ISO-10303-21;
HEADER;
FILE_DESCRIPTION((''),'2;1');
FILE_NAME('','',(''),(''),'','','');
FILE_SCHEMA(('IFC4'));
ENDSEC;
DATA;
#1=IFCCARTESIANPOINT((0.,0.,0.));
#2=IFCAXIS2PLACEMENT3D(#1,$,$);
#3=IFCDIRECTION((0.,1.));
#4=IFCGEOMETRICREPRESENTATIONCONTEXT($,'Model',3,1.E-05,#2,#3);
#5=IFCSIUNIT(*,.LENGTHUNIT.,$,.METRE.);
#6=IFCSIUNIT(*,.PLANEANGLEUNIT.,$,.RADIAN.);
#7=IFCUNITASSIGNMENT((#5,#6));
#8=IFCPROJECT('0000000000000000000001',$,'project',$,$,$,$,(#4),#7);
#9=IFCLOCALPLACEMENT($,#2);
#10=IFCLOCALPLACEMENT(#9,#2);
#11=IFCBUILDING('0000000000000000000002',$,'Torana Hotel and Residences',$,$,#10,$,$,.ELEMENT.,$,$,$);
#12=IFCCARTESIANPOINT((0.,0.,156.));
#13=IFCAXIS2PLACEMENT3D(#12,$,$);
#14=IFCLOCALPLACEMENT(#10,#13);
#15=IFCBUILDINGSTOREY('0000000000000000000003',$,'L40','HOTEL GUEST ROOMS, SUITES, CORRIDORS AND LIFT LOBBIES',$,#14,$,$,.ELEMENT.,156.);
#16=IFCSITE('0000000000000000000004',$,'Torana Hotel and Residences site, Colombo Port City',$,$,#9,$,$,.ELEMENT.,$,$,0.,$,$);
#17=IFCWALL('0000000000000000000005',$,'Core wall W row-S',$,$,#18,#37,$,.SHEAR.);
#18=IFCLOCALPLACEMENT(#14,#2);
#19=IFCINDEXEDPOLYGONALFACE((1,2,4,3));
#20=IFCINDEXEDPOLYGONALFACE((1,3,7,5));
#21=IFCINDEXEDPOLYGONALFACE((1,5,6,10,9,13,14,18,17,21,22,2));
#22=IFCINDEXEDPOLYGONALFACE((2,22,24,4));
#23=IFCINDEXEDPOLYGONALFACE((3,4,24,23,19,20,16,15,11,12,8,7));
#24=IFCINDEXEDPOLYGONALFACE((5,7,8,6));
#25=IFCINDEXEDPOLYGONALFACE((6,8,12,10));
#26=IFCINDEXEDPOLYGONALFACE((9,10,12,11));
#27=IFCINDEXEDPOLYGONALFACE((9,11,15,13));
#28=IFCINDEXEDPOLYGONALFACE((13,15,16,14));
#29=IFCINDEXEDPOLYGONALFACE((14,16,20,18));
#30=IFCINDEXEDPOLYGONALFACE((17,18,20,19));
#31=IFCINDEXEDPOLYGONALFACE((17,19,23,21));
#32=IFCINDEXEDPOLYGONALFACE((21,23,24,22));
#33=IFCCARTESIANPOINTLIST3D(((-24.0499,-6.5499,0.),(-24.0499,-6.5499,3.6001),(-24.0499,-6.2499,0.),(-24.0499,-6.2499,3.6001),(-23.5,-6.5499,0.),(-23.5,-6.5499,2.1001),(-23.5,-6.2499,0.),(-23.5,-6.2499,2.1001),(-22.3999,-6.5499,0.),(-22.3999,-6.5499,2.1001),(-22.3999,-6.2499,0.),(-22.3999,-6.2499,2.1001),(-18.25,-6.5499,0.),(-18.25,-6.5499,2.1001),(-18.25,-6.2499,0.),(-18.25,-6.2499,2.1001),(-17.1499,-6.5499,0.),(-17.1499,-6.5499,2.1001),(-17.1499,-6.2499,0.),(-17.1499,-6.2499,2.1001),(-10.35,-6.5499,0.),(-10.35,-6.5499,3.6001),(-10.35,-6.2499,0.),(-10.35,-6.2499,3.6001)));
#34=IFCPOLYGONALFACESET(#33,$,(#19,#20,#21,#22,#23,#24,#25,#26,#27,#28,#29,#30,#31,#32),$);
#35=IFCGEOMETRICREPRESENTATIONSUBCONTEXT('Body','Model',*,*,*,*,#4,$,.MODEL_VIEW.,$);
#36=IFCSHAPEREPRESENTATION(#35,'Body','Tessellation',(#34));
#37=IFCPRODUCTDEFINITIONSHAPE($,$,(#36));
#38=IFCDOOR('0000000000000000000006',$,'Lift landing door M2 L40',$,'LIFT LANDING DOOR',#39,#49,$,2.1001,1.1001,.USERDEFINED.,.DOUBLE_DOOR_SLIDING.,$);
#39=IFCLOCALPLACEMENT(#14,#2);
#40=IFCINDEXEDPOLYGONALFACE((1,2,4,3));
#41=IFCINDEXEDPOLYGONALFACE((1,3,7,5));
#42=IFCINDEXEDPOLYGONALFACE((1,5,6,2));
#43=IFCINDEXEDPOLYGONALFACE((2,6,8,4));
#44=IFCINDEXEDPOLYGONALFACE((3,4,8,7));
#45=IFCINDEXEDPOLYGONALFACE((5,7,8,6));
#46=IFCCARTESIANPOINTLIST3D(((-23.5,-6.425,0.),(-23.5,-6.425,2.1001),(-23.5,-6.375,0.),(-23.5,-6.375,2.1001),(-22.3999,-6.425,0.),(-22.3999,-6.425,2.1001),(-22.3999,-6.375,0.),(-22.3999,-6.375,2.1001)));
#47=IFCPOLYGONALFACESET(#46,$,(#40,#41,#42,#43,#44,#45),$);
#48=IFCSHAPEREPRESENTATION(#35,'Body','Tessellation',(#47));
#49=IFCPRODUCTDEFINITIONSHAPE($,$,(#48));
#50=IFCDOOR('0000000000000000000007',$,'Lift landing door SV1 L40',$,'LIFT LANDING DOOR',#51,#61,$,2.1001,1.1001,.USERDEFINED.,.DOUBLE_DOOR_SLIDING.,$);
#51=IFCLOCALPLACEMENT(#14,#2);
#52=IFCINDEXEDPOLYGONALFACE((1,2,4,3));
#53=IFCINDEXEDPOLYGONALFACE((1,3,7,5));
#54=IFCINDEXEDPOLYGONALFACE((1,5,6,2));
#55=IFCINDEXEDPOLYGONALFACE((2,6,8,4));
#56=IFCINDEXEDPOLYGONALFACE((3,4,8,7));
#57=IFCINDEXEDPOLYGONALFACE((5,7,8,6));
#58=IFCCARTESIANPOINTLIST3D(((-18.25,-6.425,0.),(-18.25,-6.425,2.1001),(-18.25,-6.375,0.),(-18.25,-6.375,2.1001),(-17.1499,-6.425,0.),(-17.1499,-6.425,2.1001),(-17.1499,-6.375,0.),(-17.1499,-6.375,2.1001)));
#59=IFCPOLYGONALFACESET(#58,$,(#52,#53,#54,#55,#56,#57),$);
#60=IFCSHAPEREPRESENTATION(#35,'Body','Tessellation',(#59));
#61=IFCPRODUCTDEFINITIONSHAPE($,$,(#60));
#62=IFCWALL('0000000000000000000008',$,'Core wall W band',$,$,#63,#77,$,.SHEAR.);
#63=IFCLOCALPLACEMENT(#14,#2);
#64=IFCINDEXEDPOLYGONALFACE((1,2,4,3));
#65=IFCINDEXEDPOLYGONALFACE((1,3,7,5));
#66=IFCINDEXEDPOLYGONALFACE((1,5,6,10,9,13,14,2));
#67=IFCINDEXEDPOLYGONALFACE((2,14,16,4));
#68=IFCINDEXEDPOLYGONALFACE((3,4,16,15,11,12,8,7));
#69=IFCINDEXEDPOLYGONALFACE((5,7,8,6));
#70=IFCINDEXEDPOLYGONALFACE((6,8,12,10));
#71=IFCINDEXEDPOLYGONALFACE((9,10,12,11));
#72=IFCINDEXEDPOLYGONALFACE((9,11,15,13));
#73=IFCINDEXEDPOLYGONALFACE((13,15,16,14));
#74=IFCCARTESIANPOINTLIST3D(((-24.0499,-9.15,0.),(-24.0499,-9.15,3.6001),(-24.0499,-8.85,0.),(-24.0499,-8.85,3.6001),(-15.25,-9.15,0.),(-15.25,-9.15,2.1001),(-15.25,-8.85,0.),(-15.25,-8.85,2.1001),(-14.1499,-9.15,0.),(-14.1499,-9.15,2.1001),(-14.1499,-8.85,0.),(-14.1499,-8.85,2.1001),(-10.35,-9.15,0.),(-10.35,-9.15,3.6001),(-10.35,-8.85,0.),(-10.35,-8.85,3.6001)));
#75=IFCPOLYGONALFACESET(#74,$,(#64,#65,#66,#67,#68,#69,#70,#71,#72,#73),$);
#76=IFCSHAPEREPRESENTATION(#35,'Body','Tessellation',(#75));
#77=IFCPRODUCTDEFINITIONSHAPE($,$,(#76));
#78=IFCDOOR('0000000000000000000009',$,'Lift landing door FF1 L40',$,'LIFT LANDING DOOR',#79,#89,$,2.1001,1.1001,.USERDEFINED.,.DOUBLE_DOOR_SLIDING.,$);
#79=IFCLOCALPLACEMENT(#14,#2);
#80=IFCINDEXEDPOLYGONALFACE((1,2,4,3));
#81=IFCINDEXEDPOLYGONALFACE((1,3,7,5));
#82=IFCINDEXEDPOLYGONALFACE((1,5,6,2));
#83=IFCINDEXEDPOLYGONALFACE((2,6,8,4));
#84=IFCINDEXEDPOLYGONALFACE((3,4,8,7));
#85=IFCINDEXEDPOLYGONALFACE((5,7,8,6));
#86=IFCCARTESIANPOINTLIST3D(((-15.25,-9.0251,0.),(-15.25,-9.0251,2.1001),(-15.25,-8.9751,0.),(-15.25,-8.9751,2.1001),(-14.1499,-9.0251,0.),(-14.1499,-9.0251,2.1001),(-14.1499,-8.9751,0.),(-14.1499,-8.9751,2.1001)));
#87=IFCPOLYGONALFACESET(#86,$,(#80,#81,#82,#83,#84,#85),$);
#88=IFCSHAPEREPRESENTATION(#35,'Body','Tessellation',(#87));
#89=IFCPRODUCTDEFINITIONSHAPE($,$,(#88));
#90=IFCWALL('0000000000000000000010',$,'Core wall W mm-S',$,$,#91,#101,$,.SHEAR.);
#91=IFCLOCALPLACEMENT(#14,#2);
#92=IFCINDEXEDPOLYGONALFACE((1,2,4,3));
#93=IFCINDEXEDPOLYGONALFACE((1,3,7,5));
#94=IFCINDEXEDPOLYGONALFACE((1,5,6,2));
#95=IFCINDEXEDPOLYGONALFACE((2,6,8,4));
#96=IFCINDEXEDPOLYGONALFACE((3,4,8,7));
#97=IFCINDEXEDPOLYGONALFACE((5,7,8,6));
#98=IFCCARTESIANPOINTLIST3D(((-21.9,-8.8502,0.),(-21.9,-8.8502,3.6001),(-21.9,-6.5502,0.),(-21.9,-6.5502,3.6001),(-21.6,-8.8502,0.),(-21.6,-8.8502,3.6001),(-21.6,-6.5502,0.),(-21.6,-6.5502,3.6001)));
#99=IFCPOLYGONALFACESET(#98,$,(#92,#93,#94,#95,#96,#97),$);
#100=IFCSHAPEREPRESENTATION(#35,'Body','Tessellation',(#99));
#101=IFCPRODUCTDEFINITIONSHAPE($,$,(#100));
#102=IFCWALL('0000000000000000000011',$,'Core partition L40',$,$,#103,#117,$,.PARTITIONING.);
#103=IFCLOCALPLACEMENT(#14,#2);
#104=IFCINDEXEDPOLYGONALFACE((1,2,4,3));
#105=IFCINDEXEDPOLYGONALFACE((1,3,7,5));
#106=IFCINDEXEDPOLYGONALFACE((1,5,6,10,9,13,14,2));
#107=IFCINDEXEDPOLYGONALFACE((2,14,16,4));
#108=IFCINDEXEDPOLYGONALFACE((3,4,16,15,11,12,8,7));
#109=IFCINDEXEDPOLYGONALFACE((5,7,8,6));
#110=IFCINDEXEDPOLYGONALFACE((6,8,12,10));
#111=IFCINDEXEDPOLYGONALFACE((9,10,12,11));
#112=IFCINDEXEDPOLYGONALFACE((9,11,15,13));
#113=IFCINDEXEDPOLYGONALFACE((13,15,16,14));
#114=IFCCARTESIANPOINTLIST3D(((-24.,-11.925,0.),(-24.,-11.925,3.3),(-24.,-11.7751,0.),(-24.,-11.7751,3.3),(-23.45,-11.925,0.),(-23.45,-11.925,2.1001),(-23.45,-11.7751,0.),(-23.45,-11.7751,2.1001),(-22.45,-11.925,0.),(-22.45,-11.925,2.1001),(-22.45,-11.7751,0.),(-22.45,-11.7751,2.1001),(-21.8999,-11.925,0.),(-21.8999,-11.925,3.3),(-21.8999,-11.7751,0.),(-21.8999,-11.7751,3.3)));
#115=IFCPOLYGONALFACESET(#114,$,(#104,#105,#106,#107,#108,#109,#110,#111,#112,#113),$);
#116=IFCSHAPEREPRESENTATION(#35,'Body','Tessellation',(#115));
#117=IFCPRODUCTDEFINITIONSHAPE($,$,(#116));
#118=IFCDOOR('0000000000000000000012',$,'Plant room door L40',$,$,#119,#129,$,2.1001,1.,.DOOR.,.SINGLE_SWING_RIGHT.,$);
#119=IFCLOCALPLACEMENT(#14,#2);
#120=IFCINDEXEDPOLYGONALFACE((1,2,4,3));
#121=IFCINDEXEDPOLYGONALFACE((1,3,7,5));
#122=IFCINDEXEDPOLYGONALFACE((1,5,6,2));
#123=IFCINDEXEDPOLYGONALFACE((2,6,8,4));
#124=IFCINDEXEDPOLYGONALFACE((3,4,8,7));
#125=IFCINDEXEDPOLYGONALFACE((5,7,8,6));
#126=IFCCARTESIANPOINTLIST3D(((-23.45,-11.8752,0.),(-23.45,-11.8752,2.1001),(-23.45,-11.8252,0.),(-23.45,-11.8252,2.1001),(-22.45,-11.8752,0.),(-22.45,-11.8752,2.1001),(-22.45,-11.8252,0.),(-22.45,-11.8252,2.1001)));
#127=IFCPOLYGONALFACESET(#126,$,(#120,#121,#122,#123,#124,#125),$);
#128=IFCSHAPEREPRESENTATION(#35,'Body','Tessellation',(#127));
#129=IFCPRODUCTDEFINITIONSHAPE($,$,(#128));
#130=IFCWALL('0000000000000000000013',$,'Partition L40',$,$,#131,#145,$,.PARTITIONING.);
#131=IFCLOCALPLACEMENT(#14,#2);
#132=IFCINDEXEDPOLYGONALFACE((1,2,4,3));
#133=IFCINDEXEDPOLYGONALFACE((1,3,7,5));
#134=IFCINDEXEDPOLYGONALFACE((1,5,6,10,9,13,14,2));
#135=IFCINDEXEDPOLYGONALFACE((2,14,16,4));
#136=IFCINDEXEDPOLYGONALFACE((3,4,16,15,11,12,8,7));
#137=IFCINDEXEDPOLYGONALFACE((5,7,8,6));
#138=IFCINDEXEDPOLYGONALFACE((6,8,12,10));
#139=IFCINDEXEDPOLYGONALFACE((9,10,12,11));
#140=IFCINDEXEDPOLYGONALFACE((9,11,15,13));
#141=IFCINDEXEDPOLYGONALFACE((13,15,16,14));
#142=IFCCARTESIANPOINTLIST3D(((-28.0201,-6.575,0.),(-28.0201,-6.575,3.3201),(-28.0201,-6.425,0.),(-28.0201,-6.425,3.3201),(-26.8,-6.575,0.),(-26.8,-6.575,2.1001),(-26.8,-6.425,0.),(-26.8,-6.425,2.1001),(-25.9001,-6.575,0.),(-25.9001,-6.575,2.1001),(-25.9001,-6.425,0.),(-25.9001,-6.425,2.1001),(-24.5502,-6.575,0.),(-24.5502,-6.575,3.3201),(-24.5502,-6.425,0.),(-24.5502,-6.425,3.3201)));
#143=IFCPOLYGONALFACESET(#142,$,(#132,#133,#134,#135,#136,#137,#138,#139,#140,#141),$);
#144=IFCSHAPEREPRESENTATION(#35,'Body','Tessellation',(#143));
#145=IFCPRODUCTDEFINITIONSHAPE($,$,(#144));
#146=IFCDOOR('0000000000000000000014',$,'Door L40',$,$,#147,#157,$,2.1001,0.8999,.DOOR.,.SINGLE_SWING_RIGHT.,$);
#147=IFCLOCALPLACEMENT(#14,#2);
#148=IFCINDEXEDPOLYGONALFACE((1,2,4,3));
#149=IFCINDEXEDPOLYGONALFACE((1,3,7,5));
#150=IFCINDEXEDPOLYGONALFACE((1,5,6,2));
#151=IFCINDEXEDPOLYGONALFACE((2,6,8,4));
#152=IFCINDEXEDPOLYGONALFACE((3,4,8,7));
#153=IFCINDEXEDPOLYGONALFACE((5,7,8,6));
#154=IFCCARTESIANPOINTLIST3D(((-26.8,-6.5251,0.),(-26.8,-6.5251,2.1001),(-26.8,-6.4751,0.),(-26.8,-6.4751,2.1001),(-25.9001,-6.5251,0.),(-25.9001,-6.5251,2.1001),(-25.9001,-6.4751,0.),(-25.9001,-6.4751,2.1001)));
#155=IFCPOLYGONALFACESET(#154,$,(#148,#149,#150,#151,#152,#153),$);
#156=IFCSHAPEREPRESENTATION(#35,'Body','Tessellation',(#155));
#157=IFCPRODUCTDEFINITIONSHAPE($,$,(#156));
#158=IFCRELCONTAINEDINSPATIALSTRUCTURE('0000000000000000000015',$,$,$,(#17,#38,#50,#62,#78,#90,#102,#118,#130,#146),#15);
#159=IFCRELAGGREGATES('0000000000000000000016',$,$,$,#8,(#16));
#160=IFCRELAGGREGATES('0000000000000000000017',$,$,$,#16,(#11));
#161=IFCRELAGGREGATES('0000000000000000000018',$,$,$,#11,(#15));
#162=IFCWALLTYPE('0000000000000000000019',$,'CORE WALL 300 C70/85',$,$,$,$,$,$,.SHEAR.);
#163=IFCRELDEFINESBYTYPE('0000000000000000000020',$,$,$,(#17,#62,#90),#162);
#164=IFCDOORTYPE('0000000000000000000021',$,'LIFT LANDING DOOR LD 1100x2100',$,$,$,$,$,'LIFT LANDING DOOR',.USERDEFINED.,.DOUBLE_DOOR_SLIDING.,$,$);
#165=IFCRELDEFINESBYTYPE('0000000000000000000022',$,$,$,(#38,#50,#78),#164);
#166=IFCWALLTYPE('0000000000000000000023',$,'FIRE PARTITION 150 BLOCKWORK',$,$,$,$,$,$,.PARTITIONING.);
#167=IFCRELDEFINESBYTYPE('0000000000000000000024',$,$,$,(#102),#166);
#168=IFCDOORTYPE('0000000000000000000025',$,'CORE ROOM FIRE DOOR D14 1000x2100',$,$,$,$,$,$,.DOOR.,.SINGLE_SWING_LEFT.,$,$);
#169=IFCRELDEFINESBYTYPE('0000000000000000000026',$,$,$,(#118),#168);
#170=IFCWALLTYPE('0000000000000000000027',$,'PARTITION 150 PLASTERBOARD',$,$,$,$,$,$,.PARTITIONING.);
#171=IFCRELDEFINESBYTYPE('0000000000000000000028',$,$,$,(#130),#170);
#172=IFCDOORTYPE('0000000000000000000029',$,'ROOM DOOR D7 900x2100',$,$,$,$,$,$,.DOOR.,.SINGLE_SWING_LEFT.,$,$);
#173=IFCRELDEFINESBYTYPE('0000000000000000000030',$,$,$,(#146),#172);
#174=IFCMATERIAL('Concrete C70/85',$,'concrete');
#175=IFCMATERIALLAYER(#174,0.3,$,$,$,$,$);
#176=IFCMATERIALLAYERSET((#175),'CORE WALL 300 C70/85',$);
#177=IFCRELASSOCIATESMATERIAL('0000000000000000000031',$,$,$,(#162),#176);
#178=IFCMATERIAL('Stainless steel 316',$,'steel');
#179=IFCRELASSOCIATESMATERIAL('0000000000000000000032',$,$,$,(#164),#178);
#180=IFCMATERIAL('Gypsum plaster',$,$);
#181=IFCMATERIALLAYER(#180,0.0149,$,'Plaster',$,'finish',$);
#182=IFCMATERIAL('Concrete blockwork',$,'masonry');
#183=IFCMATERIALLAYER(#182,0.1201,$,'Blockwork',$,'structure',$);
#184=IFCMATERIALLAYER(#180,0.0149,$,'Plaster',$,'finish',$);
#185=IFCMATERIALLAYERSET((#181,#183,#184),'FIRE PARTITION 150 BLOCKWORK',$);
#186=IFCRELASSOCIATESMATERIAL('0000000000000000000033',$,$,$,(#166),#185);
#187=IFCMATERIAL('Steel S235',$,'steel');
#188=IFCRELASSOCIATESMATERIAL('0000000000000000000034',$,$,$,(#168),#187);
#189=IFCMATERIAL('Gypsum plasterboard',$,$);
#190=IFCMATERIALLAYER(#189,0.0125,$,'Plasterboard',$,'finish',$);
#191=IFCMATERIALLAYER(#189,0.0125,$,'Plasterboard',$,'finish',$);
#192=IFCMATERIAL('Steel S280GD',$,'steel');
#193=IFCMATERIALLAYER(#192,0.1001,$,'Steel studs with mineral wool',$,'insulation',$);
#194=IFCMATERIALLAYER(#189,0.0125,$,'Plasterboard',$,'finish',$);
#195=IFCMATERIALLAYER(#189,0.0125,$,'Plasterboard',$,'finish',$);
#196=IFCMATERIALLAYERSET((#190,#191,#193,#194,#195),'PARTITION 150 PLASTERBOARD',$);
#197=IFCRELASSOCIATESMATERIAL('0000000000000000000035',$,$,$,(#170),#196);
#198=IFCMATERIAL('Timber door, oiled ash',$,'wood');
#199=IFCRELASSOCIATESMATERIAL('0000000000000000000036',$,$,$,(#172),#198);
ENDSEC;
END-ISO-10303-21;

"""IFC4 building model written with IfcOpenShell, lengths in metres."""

from ifc_helpers import new_model, si_unit, direction, frame, frame_2d, origin, place, context, subcontext, project, spatial, rectangle, extrude, material, layer, layer_set, type_object, element, fill, save


model = new_model("IFC4")

# Units and contexts
model_context = context("Model", 3, precision=1e-05, world=origin(), true_north=direction((0.0, 1.0)))
body_context = subcontext(model_context, "Body", "Model", "MODEL_VIEW")
ifc_project = project(units=[si_unit("LENGTHUNIT", "METRE"), si_unit("PLANEANGLEUNIT", "RADIAN")], contexts=[model_context])

# Site, building, storey
site_placement = place(None, origin())
site = spatial("IfcSite", under=ifc_project, at=site_placement, Name="Torana Hotel and Residences site, Colombo Port City", CompositionType="ELEMENT", RefElevation=0.0)
building_placement = place(site_placement, origin())
building = spatial("IfcBuilding", under=site, at=building_placement, Name="Torana Hotel and Residences", CompositionType="ELEMENT")
storey_placement = place(building_placement, frame((0.0, 0.0, 156.0)))
storey = spatial("IfcBuildingStorey", under=building, at=storey_placement, Name="L40", Description="HOTEL GUEST ROOMS, SUITES, CORRIDORS AND LIFT LOBBIES", CompositionType="ELEMENT", Elevation=156.0)

# Wall, openings, doors
ifc_material_1 = material(Name="Concrete C70/85", Category="concrete")
ifc_layer_1 = layer(ifc_material_1, 0.3)
ifc_layer_set_1 = layer_set([ifc_layer_1], Name="CORE WALL 300 C70/85")
wall_type_1 = type_object("IfcWallType", Name="CORE WALL 300 C70/85", PredefinedType="SHEAR", material=ifc_layer_set_1)
wall_1_placement = place(storey_placement, frame((-24.05, -6.3999, 0.0), z_axis=(0.0, 0.0, 1.0), x_axis=(1.0, 0.0, 0.0)))
wall_1 = element("IfcWall", 1, at=wall_1_placement, inside=storey, type_object=wall_type_1, Name="Core wall W row-S", PredefinedType="SHEAR", context=body_context, shape_type="SweptSolid", body=[
    extrude(rectangle(XDim=13.7, YDim=0.3, at=frame_2d((6.8501, 0.0))), origin(), (0.0, 0.0, 1.0), 3.6001),
])
opening_1_placement = place(wall_1_placement, frame((0.55, 0.0, 0.0)))
opening_1 = element("IfcOpeningElement", 2, at=opening_1_placement, cuts=wall_1, PredefinedType="OPENING", context=body_context, shape_type="SweptSolid", body=[
    extrude(rectangle(XDim=1.1001, YDim=2.1001, at=frame_2d((0.55, 1.05))), frame((0.0, 0.1599, 0.0), z_axis=(0.0, -1.0, 0.0), x_axis=(1.0, 0.0, 0.0)), (0.0, 0.0, 1.0), 0.3201),
])
opening_2_placement = place(wall_1_placement, frame((5.8, 0.0, 0.0)))
opening_2 = element("IfcOpeningElement", 3, at=opening_2_placement, cuts=wall_1, PredefinedType="OPENING", context=body_context, shape_type="SweptSolid", body=[
    extrude(rectangle(XDim=1.1001, YDim=2.1001, at=frame_2d((0.55, 1.05))), frame((0.0, 0.1599, 0.0), z_axis=(0.0, -1.0, 0.0), x_axis=(1.0, 0.0, 0.0)), (0.0, 0.0, 1.0), 0.3201),
])
ifc_material_2 = material(Name="Stainless steel 316", Category="steel")
door_type_1 = type_object("IfcDoorType", Name="LIFT LANDING DOOR LD 1100x2100", ElementType="LIFT LANDING DOOR", OperationType="DOUBLE_DOOR_SLIDING", PredefinedType="USERDEFINED", material=ifc_material_2)
door_1_placement = place(opening_1_placement, origin())
door_1 = element("IfcDoor", 4, at=door_1_placement, inside=storey, type_object=door_type_1, Name="Lift landing door M2 L40", ObjectType="LIFT LANDING DOOR", OperationType="DOUBLE_DOOR_SLIDING", OverallHeight=2.1001, OverallWidth=1.1001, PredefinedType="USERDEFINED", context=body_context, shape_type="SweptSolid", body=[
    extrude(rectangle(XDim=1.1001, YDim=2.1001, at=frame_2d((0.55, 1.05))), frame((0.0, 0.0249, 0.0), z_axis=(0.0, -1.0, 0.0), x_axis=(1.0, 0.0, 0.0)), (0.0, 0.0, 1.0), 0.05),
])
fill(opening_1, door_1)
door_2_placement = place(opening_2_placement, origin())
door_2 = element("IfcDoor", 5, at=door_2_placement, inside=storey, type_object=door_type_1, Name="Lift landing door SV1 L40", ObjectType="LIFT LANDING DOOR", OperationType="DOUBLE_DOOR_SLIDING", OverallHeight=2.1001, OverallWidth=1.1001, PredefinedType="USERDEFINED", context=body_context, shape_type="SweptSolid", body=[
    extrude(rectangle(XDim=1.1001, YDim=2.1001, at=frame_2d((0.55, 1.05))), frame((0.0, 0.0249, 0.0), z_axis=(0.0, -1.0, 0.0), x_axis=(1.0, 0.0, 0.0)), (0.0, 0.0, 1.0), 0.05),
])
fill(opening_2, door_2)

# Wall, opening, door
wall_2_placement = place(storey_placement, frame((-24.05, -9.0, 0.0), z_axis=(0.0, 0.0, 1.0), x_axis=(1.0, 0.0, 0.0)))
wall_2 = element("IfcWall", 6, at=wall_2_placement, inside=storey, type_object=wall_type_1, Name="Core wall W band", PredefinedType="SHEAR", context=body_context, shape_type="SweptSolid", body=[
    extrude(rectangle(XDim=13.7, YDim=0.3, at=frame_2d((6.8501, 0.0))), origin(), (0.0, 0.0, 1.0), 3.6001),
])
opening_3_placement = place(wall_2_placement, frame((8.8, 0.0, 0.0)))
opening_3 = element("IfcOpeningElement", 7, at=opening_3_placement, cuts=wall_2, PredefinedType="OPENING", context=body_context, shape_type="SweptSolid", body=[
    extrude(rectangle(XDim=1.1001, YDim=2.1001, at=frame_2d((0.55, 1.05))), frame((0.0, 0.1599, 0.0), z_axis=(0.0, -1.0, 0.0), x_axis=(1.0, 0.0, 0.0)), (0.0, 0.0, 1.0), 0.3201),
])
door_3_placement = place(opening_3_placement, origin())
door_3 = element("IfcDoor", 8, at=door_3_placement, inside=storey, type_object=door_type_1, Name="Lift landing door FF1 L40", ObjectType="LIFT LANDING DOOR", OperationType="DOUBLE_DOOR_SLIDING", OverallHeight=2.1001, OverallWidth=1.1001, PredefinedType="USERDEFINED", context=body_context, shape_type="SweptSolid", body=[
    extrude(rectangle(XDim=1.1001, YDim=2.1001, at=frame_2d((0.55, 1.05))), frame((0.0, 0.0249, 0.0), z_axis=(0.0, -1.0, 0.0), x_axis=(1.0, 0.0, 0.0)), (0.0, 0.0, 1.0), 0.05),
])
fill(opening_3, door_3)

# Wall
wall_3_placement = place(storey_placement, frame((-21.75, -8.8501, 0.0), z_axis=(0.0, 0.0, 1.0), x_axis=(0.0, 1.0, 0.0)))
element("IfcWall", 9, at=wall_3_placement, inside=storey, type_object=wall_type_1, Name="Core wall W mm-S", PredefinedType="SHEAR", context=body_context, shape_type="SweptSolid", body=[
    extrude(rectangle(XDim=2.3, YDim=0.3, at=frame_2d((1.1499, 0.0))), origin(), (0.0, 0.0, 1.0), 3.6001),
])

# Walls, openings, doors
ifc_material_3 = material(Name="Gypsum plaster")
ifc_layer_2 = layer(ifc_material_3, 0.0149, Name="Plaster", Category="finish")
ifc_material_4 = material(Name="Concrete blockwork", Category="masonry")
ifc_layer_3 = layer(ifc_material_4, 0.1201, Name="Blockwork", Category="structure")
ifc_layer_4 = layer(ifc_material_3, 0.0149, Name="Plaster", Category="finish")
ifc_layer_set_2 = layer_set([ifc_layer_2, ifc_layer_3, ifc_layer_4], Name="FIRE PARTITION 150 BLOCKWORK")
wall_type_2 = type_object("IfcWallType", Name="FIRE PARTITION 150 BLOCKWORK", PredefinedType="PARTITIONING", material=ifc_layer_set_2)
wall_4_placement = place(storey_placement, frame((-24.0, -11.8501, 0.0), z_axis=(0.0, 0.0, 1.0), x_axis=(1.0, 0.0, 0.0)))
wall_4 = element("IfcWall", 10, at=wall_4_placement, inside=storey, type_object=wall_type_2, Name="Core partition L40", PredefinedType="PARTITIONING", context=body_context, shape_type="SweptSolid", body=[
    extrude(rectangle(XDim=2.1001, YDim=0.1499, at=frame_2d((1.05, 0.0))), origin(), (0.0, 0.0, 1.0), 3.3),
])
opening_4_placement = place(wall_4_placement, frame((0.55, 0.0, 0.0)))
opening_4 = element("IfcOpeningElement", 11, at=opening_4_placement, cuts=wall_4, PredefinedType="OPENING", context=body_context, shape_type="SweptSolid", body=[
    extrude(rectangle(XDim=1.0, YDim=2.1001, at=frame_2d((0.5, 1.05))), frame((0.0, 0.085, 0.0), z_axis=(0.0, -1.0, 0.0), x_axis=(1.0, 0.0, 0.0)), (0.0, 0.0, 1.0), 0.1699),
])
ifc_material_5 = material(Name="Steel S235", Category="steel")
door_type_2 = type_object("IfcDoorType", Name="CORE ROOM FIRE DOOR D14 1000x2100", OperationType="SINGLE_SWING_LEFT", PredefinedType="DOOR", material=ifc_material_5)
door_4_placement = place(opening_4_placement, origin())
door_4 = element("IfcDoor", 12, at=door_4_placement, inside=storey, type_object=door_type_2, Name="Plant room door L40", OperationType="SINGLE_SWING_RIGHT", OverallHeight=2.1001, OverallWidth=1.0, PredefinedType="DOOR", context=body_context, shape_type="SweptSolid", body=[
    extrude(rectangle(XDim=1.0, YDim=2.1001, at=frame_2d((0.5, 1.05))), frame((0.0, 0.0249, 0.0), z_axis=(0.0, -1.0, 0.0), x_axis=(1.0, 0.0, 0.0)), (0.0, 0.0, 1.0), 0.05),
])
fill(opening_4, door_4)
ifc_material_6 = material(Name="Gypsum plasterboard")
ifc_layer_5 = layer(ifc_material_6, 0.0125, Name="Plasterboard", Category="finish")
ifc_layer_6 = layer(ifc_material_6, 0.0125, Name="Plasterboard", Category="finish")
ifc_material_7 = material(Name="Steel S280GD", Category="steel")
ifc_layer_7 = layer(ifc_material_7, 0.1001, Name="Steel studs with mineral wool", Category="insulation")
ifc_layer_8 = layer(ifc_material_6, 0.0125, Name="Plasterboard", Category="finish")
ifc_layer_9 = layer(ifc_material_6, 0.0125, Name="Plasterboard", Category="finish")
ifc_layer_set_3 = layer_set([ifc_layer_5, ifc_layer_6, ifc_layer_7, ifc_layer_8, ifc_layer_9], Name="PARTITION 150 PLASTERBOARD")
wall_type_3 = type_object("IfcWallType", Name="PARTITION 150 PLASTERBOARD", PredefinedType="PARTITIONING", material=ifc_layer_set_3)
wall_5_placement = place(storey_placement, frame((-28.02, -6.5, 0.0), z_axis=(0.0, 0.0, 1.0), x_axis=(1.0, 0.0, 0.0)))
wall_5 = element("IfcWall", 13, at=wall_5_placement, inside=storey, type_object=wall_type_3, Name="Partition L40", PredefinedType="PARTITIONING", context=body_context, shape_type="SweptSolid", body=[
    extrude(rectangle(XDim=3.47, YDim=0.1499, at=frame_2d((1.7349, 0.0))), origin(), (0.0, 0.0, 1.0), 3.3201),
])
opening_5_placement = place(wall_5_placement, frame((1.22, 0.0, 0.0)))
opening_5 = element("IfcOpeningElement", 14, at=opening_5_placement, cuts=wall_5, PredefinedType="OPENING", context=body_context, shape_type="SweptSolid", body=[
    extrude(rectangle(XDim=0.8999, YDim=2.1001, at=frame_2d((0.45, 1.05))), frame((0.0, 0.085, 0.0), z_axis=(0.0, -1.0, 0.0), x_axis=(1.0, 0.0, 0.0)), (0.0, 0.0, 1.0), 0.1699),
])
ifc_material_8 = material(Name="Timber door, oiled ash", Category="wood")
door_type_3 = type_object("IfcDoorType", Name="ROOM DOOR D7 900x2100", OperationType="SINGLE_SWING_LEFT", PredefinedType="DOOR", material=ifc_material_8)
door_5_placement = place(opening_5_placement, origin())
door_5 = element("IfcDoor", 15, at=door_5_placement, inside=storey, type_object=door_type_3, Name="Door L40", OperationType="SINGLE_SWING_RIGHT", OverallHeight=2.1001, OverallWidth=0.8999, PredefinedType="DOOR", context=body_context, shape_type="SweptSolid", body=[
    extrude(rectangle(XDim=0.8999, YDim=2.1001, at=frame_2d((0.45, 1.05))), frame((0.0, 0.0249, 0.0), z_axis=(0.0, -1.0, 0.0), x_axis=(1.0, 0.0, 0.0)), (0.0, 0.0, 1.0), 0.05),
])
fill(opening_5, door_5)

save(model, "model.ifc")
